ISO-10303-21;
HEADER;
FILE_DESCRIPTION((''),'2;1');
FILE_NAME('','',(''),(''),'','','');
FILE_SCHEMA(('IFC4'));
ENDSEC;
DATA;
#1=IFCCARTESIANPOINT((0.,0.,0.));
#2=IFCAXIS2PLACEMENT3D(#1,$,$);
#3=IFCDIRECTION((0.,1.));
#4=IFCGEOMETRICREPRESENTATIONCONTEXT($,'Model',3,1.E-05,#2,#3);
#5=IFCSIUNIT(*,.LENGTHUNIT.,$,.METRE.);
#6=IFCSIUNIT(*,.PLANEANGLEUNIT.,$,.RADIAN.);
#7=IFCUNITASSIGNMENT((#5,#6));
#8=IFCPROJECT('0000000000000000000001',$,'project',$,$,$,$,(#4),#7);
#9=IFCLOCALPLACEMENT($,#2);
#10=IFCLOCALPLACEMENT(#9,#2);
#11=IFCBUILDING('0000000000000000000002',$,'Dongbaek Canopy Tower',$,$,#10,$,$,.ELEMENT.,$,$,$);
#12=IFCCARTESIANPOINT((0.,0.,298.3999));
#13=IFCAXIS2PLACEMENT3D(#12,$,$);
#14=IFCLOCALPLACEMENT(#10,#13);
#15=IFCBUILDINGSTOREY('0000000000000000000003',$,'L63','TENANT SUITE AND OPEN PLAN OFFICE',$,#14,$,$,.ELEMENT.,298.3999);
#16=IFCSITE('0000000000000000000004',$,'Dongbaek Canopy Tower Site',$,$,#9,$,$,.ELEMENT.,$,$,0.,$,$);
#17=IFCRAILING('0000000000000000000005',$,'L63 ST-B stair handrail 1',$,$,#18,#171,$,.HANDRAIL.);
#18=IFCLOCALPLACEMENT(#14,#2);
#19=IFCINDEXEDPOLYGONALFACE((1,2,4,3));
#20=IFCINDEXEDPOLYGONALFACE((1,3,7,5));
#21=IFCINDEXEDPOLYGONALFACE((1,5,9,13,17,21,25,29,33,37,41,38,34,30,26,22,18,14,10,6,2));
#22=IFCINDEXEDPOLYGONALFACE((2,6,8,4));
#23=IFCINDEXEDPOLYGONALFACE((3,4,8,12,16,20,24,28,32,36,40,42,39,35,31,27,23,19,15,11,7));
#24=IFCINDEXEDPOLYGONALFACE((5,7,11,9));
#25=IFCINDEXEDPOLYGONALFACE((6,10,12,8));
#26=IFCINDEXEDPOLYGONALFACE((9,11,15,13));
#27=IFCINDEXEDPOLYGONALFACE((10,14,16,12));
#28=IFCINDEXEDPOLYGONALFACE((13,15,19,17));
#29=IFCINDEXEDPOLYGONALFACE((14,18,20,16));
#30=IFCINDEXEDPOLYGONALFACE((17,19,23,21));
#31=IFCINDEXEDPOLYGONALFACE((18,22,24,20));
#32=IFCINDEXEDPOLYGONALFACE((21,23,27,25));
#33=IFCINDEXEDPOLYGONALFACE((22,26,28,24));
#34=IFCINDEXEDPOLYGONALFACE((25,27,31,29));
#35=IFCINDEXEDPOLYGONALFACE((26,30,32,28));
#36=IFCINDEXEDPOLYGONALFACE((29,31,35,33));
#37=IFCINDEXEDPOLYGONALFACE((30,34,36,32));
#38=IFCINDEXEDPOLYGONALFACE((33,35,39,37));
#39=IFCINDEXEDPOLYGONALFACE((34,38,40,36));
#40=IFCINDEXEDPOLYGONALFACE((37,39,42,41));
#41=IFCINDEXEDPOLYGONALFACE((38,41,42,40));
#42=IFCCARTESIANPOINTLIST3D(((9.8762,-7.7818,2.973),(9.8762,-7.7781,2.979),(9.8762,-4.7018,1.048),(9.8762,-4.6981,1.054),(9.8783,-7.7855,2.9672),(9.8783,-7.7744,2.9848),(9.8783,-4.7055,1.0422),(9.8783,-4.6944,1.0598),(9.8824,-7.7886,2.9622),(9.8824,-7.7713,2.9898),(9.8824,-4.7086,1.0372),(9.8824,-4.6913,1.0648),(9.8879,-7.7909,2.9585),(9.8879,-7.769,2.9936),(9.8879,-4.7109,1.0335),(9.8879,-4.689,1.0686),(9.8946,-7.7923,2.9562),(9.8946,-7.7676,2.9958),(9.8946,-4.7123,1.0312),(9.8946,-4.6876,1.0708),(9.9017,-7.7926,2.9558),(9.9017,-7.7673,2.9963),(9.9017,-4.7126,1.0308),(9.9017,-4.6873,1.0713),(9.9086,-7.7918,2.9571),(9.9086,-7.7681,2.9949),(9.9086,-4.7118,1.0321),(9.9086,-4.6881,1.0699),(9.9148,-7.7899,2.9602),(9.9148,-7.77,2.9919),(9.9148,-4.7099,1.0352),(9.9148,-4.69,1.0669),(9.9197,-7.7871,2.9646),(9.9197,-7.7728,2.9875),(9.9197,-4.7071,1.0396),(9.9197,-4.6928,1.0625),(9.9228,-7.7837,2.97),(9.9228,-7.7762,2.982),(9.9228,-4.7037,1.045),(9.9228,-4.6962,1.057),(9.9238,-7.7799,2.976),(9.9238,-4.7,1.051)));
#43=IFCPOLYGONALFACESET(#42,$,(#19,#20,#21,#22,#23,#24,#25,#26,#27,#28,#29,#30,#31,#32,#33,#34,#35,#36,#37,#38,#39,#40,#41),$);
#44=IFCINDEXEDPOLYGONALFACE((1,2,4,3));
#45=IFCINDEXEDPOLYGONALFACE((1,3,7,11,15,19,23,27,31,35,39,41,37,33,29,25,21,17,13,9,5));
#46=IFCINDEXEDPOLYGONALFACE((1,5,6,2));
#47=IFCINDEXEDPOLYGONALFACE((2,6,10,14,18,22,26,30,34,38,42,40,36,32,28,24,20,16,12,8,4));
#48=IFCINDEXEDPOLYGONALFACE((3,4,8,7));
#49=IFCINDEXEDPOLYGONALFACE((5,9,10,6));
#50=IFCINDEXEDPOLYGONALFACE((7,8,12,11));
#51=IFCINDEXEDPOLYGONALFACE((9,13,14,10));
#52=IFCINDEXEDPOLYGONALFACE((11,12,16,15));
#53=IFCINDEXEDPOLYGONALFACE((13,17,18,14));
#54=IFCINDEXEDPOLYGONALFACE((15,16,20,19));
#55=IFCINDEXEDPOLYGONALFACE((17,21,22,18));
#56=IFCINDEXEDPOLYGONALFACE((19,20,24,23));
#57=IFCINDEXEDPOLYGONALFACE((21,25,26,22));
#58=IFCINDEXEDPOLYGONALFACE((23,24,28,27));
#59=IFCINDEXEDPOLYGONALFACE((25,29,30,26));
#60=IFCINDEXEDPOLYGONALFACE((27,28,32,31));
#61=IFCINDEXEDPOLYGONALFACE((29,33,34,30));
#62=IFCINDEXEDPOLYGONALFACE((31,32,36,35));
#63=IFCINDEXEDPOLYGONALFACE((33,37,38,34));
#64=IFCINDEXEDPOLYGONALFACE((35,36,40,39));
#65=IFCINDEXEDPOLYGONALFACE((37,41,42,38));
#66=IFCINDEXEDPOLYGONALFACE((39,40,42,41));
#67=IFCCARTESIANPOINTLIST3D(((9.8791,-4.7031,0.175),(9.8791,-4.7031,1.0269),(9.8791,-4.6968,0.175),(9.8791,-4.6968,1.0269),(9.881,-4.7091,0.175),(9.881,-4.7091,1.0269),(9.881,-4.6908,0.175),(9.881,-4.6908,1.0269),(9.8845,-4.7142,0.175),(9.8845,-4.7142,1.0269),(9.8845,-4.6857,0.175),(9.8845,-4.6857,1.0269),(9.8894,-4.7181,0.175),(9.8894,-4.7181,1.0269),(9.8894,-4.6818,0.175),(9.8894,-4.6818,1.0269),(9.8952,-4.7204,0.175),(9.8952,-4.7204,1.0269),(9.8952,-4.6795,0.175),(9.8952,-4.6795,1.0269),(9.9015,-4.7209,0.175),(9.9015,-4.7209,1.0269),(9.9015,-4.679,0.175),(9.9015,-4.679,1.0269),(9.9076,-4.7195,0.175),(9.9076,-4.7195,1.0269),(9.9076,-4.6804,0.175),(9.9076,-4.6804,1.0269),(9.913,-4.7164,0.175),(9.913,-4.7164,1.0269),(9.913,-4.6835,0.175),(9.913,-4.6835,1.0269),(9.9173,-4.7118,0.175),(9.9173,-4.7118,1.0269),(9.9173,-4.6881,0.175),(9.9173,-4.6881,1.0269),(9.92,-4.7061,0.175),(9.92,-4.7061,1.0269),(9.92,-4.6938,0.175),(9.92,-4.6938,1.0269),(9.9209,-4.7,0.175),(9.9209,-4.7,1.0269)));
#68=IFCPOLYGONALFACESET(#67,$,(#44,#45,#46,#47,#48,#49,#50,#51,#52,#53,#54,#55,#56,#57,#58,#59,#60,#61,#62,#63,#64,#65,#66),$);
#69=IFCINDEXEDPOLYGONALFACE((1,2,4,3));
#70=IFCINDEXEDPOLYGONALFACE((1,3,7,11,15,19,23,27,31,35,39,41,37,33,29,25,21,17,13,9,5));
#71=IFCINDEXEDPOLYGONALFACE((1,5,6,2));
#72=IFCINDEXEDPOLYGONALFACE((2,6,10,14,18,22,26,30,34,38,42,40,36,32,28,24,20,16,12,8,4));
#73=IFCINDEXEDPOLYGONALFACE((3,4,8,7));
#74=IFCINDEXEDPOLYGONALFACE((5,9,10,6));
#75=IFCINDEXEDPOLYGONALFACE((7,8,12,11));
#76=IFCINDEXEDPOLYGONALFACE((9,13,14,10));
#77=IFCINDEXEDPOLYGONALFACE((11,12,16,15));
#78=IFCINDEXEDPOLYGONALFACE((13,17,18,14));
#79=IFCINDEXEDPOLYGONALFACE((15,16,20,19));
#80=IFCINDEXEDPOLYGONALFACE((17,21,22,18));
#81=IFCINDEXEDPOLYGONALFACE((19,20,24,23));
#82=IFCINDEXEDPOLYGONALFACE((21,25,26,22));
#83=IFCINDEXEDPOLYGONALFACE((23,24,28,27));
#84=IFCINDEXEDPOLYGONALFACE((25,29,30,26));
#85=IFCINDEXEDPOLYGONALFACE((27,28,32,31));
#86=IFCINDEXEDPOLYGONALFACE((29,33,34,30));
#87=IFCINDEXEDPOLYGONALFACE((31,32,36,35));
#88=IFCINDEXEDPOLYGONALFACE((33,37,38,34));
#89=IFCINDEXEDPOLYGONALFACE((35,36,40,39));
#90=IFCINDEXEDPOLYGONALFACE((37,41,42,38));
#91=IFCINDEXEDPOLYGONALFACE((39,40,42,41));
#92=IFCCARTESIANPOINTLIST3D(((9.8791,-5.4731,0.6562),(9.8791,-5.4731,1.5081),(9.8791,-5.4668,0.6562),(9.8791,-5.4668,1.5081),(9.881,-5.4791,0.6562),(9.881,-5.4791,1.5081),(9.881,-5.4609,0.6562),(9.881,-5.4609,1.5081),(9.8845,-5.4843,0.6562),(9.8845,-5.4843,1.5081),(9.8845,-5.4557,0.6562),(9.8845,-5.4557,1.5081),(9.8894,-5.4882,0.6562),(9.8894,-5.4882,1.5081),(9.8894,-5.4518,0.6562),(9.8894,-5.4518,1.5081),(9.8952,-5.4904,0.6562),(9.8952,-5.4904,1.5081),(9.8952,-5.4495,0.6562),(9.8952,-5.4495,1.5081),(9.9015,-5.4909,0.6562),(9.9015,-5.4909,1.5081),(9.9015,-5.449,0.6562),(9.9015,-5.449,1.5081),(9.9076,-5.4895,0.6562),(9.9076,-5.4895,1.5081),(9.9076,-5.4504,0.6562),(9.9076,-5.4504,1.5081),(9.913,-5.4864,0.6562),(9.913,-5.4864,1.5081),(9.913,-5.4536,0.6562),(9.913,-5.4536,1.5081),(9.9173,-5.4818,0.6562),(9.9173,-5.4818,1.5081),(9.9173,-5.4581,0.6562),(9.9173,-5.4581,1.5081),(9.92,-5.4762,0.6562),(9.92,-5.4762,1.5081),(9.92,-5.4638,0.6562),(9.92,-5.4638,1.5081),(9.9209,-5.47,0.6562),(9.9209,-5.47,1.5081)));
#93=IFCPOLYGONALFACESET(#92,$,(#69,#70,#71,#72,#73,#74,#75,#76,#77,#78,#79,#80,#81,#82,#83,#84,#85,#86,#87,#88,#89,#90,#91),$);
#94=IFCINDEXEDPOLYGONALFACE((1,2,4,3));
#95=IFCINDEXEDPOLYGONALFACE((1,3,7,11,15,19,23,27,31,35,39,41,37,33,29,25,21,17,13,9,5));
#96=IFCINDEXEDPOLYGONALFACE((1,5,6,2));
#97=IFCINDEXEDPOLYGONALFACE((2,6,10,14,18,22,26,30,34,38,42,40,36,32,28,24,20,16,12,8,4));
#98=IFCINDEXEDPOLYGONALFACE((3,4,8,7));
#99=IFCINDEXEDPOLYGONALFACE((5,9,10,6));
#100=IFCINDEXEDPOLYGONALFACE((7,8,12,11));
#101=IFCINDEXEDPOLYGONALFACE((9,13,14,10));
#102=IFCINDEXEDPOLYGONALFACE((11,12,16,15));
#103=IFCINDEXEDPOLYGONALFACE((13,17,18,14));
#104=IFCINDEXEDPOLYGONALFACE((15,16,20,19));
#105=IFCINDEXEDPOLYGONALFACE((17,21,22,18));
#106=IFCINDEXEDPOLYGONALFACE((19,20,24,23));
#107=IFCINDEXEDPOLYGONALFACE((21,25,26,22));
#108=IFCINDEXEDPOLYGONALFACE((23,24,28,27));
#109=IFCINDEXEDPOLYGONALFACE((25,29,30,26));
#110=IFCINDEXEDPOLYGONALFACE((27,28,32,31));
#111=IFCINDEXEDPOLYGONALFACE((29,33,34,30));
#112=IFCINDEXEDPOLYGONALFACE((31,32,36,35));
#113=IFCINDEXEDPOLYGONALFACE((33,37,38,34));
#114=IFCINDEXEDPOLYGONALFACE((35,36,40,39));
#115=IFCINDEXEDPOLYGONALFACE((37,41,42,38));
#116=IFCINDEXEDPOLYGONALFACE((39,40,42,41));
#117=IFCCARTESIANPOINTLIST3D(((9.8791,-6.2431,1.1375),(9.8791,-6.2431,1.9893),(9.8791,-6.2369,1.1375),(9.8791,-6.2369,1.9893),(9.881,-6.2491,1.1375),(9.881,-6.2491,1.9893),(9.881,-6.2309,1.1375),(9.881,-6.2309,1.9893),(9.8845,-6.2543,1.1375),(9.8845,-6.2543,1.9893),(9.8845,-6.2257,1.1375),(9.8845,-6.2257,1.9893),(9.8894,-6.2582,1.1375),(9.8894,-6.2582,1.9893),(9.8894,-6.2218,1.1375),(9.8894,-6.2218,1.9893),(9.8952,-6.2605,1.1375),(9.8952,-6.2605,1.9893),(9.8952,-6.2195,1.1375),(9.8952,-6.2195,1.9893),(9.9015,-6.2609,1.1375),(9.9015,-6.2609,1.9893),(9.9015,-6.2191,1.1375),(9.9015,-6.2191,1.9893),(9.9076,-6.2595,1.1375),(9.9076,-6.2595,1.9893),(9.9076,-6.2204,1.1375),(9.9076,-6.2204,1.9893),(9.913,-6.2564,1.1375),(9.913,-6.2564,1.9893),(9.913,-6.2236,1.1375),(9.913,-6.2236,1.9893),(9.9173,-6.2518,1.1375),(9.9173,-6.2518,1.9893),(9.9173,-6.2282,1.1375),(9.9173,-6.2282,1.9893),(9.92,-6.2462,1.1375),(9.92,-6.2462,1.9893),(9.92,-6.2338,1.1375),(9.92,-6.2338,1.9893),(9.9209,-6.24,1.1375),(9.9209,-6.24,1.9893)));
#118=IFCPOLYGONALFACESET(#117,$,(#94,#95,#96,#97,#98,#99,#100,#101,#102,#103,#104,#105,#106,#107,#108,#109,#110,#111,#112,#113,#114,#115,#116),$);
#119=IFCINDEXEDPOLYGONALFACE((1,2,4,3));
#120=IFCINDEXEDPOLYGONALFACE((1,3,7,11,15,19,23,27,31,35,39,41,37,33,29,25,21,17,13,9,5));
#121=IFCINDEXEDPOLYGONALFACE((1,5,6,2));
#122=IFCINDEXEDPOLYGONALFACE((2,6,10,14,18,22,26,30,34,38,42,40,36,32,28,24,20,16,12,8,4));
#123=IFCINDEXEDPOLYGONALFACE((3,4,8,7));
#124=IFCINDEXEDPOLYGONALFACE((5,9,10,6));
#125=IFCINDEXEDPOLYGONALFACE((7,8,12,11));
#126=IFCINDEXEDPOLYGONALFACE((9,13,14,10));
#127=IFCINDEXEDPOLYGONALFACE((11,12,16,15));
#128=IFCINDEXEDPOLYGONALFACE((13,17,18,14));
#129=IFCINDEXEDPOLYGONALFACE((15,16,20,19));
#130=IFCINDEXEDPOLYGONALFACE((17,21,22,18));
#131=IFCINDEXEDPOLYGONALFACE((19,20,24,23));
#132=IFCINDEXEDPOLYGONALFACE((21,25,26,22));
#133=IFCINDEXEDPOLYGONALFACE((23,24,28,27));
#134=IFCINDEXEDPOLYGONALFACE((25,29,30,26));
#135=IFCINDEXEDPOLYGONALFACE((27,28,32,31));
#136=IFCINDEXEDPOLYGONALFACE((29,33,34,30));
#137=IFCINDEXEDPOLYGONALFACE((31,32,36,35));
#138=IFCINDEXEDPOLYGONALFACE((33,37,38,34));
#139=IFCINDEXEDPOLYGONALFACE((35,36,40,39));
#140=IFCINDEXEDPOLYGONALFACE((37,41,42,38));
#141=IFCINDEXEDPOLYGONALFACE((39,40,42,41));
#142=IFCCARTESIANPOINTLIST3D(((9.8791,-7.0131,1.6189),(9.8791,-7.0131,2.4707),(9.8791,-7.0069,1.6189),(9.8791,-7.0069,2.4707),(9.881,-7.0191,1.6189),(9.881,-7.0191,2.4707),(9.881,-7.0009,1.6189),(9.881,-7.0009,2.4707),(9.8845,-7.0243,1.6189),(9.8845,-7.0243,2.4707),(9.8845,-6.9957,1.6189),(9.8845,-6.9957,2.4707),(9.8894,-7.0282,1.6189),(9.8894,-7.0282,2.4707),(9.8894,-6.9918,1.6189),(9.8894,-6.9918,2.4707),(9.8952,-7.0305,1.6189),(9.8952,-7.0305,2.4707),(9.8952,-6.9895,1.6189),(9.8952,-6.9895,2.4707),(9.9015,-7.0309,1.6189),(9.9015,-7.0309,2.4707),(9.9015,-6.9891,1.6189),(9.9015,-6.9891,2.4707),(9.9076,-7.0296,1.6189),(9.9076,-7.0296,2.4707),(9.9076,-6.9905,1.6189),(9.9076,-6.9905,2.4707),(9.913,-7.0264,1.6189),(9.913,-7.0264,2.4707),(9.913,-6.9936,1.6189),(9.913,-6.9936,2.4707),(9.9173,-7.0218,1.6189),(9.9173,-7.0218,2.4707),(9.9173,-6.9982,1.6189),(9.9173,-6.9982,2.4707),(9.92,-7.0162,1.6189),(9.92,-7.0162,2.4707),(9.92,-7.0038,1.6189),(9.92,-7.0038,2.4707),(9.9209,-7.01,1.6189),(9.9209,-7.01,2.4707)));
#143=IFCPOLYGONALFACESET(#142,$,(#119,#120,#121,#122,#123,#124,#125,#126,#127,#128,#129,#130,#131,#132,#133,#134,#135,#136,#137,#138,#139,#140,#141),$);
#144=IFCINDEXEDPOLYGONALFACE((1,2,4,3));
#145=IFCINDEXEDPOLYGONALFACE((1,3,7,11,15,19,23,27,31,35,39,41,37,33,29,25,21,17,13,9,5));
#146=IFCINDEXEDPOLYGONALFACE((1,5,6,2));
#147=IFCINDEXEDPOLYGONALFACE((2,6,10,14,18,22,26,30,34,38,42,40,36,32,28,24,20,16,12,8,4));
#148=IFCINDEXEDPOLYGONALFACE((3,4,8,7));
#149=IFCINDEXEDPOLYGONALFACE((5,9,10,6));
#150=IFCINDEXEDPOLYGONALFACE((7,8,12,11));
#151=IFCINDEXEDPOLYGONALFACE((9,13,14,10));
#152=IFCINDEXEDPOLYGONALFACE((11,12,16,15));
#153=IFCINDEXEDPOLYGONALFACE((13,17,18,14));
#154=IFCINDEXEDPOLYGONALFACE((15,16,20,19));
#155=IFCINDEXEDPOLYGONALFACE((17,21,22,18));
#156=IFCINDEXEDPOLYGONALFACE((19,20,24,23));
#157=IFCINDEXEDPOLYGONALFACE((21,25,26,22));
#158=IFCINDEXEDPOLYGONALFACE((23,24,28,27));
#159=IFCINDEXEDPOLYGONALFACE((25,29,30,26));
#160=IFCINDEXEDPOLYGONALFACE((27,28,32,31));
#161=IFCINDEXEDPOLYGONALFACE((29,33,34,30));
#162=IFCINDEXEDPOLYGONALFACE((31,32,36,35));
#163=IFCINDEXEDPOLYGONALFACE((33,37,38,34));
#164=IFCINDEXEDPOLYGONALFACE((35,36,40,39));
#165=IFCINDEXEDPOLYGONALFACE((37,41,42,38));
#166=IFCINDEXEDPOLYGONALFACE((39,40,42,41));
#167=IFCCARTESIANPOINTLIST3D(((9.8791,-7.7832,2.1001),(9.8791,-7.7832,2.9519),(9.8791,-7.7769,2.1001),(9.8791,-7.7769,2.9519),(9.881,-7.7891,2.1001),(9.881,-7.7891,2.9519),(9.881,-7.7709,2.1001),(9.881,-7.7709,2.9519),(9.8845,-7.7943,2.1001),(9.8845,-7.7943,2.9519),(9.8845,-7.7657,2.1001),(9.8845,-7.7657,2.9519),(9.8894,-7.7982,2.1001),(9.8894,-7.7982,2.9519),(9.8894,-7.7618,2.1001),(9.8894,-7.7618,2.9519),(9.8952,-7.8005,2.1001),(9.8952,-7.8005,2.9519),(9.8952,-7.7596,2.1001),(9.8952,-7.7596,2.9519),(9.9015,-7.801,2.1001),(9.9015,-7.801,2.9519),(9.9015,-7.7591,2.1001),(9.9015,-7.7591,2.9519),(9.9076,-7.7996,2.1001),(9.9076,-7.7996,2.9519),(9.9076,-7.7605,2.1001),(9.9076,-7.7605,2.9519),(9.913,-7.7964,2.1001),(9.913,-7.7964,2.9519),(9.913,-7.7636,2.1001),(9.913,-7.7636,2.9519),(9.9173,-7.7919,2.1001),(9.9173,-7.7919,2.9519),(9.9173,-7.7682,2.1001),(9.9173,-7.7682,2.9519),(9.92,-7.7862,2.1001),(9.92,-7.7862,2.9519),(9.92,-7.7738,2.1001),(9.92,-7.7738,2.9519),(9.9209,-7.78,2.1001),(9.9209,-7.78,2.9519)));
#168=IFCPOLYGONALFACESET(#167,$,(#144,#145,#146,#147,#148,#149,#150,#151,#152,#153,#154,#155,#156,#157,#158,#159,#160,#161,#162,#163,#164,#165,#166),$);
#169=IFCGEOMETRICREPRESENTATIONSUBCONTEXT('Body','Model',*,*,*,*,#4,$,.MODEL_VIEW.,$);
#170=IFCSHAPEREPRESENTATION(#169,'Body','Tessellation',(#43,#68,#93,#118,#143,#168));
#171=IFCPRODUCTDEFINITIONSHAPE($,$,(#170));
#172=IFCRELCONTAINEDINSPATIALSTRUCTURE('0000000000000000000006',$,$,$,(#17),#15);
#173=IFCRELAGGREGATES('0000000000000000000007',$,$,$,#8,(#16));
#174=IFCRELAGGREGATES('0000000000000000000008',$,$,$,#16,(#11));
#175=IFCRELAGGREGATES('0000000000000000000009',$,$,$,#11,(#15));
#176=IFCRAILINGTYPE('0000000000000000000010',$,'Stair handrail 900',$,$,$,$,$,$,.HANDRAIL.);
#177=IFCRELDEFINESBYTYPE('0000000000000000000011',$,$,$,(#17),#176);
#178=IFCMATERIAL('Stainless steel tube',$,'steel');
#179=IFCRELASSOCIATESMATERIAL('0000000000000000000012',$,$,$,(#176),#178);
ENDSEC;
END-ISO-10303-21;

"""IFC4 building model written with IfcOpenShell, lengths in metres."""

from ifc_helpers import new_model, si_unit, direction, frame, origin, origin_2d, place, context, subcontext, project, spatial, circle, extrude, material, type_object, element, save


model = new_model("IFC4")

# Units and contexts
model_context = context("Model", 3, precision=1e-05, world=origin(), true_north=direction((0.0, 1.0)))
body_context = subcontext(model_context, "Body", "Model", "MODEL_VIEW")
ifc_project = project(units=[si_unit("LENGTHUNIT", "METRE"), si_unit("PLANEANGLEUNIT", "RADIAN")], contexts=[model_context])

# Site, building, storey
site_placement = place(None, origin())
site = spatial("IfcSite", under=ifc_project, at=site_placement, Name="Dongbaek Canopy Tower Site", CompositionType="ELEMENT", RefElevation=0.0)
building_placement = place(site_placement, origin())
building = spatial("IfcBuilding", under=site, at=building_placement, Name="Dongbaek Canopy Tower", CompositionType="ELEMENT")
storey_placement = place(building_placement, frame((0.0, 0.0, 298.3999)))
storey = spatial("IfcBuildingStorey", under=building, at=storey_placement, Name="L63", Description="TENANT SUITE AND OPEN PLAN OFFICE", CompositionType="ELEMENT", Elevation=298.3999)

# Railing
ifc_material_1 = material(Name="Stainless steel tube", Category="steel")
railing_type_1 = type_object("IfcRailingType", Name="Stair handrail 900", PredefinedType="HANDRAIL", material=ifc_material_1)
railing_1_placement = place(storey_placement, frame((9.8999, -4.7, 0.175)))
element("IfcRailing", 1, at=railing_1_placement, inside=storey, type_object=railing_type_1, Name="L63 ST-B stair handrail 1", PredefinedType="HANDRAIL", context=body_context, shape_type="SweptSolid", body=[
    extrude(circle(Radius=0.0239, at=origin_2d()), frame((0.0, 0.0, 0.876), z_axis=(0.0, -0.847998, 0.529999), x_axis=(1.0, 0.0, 0.0)), (0.0, 0.0, 1.0), 3.6321),
    extrude(circle(Radius=0.021, at=origin_2d()), origin(), (0.0, 0.0, 1.0), 0.8518),
    extrude(circle(Radius=0.021, at=origin_2d()), frame((0.0, -0.77, 0.4812)), (0.0, 0.0, 1.0), 0.8518),
    extrude(circle(Radius=0.021, at=origin_2d()), frame((0.0, -1.54, 0.9624)), (0.0, 0.0, 1.0), 0.8518),
    extrude(circle(Radius=0.021, at=origin_2d()), frame((0.0, -2.3101, 1.4438)), (0.0, 0.0, 1.0), 0.8518),
    extrude(circle(Radius=0.021, at=origin_2d()), frame((0.0, -3.0801, 1.925)), (0.0, 0.0, 1.0), 0.8518),
])

save(model, "model.ifc")
